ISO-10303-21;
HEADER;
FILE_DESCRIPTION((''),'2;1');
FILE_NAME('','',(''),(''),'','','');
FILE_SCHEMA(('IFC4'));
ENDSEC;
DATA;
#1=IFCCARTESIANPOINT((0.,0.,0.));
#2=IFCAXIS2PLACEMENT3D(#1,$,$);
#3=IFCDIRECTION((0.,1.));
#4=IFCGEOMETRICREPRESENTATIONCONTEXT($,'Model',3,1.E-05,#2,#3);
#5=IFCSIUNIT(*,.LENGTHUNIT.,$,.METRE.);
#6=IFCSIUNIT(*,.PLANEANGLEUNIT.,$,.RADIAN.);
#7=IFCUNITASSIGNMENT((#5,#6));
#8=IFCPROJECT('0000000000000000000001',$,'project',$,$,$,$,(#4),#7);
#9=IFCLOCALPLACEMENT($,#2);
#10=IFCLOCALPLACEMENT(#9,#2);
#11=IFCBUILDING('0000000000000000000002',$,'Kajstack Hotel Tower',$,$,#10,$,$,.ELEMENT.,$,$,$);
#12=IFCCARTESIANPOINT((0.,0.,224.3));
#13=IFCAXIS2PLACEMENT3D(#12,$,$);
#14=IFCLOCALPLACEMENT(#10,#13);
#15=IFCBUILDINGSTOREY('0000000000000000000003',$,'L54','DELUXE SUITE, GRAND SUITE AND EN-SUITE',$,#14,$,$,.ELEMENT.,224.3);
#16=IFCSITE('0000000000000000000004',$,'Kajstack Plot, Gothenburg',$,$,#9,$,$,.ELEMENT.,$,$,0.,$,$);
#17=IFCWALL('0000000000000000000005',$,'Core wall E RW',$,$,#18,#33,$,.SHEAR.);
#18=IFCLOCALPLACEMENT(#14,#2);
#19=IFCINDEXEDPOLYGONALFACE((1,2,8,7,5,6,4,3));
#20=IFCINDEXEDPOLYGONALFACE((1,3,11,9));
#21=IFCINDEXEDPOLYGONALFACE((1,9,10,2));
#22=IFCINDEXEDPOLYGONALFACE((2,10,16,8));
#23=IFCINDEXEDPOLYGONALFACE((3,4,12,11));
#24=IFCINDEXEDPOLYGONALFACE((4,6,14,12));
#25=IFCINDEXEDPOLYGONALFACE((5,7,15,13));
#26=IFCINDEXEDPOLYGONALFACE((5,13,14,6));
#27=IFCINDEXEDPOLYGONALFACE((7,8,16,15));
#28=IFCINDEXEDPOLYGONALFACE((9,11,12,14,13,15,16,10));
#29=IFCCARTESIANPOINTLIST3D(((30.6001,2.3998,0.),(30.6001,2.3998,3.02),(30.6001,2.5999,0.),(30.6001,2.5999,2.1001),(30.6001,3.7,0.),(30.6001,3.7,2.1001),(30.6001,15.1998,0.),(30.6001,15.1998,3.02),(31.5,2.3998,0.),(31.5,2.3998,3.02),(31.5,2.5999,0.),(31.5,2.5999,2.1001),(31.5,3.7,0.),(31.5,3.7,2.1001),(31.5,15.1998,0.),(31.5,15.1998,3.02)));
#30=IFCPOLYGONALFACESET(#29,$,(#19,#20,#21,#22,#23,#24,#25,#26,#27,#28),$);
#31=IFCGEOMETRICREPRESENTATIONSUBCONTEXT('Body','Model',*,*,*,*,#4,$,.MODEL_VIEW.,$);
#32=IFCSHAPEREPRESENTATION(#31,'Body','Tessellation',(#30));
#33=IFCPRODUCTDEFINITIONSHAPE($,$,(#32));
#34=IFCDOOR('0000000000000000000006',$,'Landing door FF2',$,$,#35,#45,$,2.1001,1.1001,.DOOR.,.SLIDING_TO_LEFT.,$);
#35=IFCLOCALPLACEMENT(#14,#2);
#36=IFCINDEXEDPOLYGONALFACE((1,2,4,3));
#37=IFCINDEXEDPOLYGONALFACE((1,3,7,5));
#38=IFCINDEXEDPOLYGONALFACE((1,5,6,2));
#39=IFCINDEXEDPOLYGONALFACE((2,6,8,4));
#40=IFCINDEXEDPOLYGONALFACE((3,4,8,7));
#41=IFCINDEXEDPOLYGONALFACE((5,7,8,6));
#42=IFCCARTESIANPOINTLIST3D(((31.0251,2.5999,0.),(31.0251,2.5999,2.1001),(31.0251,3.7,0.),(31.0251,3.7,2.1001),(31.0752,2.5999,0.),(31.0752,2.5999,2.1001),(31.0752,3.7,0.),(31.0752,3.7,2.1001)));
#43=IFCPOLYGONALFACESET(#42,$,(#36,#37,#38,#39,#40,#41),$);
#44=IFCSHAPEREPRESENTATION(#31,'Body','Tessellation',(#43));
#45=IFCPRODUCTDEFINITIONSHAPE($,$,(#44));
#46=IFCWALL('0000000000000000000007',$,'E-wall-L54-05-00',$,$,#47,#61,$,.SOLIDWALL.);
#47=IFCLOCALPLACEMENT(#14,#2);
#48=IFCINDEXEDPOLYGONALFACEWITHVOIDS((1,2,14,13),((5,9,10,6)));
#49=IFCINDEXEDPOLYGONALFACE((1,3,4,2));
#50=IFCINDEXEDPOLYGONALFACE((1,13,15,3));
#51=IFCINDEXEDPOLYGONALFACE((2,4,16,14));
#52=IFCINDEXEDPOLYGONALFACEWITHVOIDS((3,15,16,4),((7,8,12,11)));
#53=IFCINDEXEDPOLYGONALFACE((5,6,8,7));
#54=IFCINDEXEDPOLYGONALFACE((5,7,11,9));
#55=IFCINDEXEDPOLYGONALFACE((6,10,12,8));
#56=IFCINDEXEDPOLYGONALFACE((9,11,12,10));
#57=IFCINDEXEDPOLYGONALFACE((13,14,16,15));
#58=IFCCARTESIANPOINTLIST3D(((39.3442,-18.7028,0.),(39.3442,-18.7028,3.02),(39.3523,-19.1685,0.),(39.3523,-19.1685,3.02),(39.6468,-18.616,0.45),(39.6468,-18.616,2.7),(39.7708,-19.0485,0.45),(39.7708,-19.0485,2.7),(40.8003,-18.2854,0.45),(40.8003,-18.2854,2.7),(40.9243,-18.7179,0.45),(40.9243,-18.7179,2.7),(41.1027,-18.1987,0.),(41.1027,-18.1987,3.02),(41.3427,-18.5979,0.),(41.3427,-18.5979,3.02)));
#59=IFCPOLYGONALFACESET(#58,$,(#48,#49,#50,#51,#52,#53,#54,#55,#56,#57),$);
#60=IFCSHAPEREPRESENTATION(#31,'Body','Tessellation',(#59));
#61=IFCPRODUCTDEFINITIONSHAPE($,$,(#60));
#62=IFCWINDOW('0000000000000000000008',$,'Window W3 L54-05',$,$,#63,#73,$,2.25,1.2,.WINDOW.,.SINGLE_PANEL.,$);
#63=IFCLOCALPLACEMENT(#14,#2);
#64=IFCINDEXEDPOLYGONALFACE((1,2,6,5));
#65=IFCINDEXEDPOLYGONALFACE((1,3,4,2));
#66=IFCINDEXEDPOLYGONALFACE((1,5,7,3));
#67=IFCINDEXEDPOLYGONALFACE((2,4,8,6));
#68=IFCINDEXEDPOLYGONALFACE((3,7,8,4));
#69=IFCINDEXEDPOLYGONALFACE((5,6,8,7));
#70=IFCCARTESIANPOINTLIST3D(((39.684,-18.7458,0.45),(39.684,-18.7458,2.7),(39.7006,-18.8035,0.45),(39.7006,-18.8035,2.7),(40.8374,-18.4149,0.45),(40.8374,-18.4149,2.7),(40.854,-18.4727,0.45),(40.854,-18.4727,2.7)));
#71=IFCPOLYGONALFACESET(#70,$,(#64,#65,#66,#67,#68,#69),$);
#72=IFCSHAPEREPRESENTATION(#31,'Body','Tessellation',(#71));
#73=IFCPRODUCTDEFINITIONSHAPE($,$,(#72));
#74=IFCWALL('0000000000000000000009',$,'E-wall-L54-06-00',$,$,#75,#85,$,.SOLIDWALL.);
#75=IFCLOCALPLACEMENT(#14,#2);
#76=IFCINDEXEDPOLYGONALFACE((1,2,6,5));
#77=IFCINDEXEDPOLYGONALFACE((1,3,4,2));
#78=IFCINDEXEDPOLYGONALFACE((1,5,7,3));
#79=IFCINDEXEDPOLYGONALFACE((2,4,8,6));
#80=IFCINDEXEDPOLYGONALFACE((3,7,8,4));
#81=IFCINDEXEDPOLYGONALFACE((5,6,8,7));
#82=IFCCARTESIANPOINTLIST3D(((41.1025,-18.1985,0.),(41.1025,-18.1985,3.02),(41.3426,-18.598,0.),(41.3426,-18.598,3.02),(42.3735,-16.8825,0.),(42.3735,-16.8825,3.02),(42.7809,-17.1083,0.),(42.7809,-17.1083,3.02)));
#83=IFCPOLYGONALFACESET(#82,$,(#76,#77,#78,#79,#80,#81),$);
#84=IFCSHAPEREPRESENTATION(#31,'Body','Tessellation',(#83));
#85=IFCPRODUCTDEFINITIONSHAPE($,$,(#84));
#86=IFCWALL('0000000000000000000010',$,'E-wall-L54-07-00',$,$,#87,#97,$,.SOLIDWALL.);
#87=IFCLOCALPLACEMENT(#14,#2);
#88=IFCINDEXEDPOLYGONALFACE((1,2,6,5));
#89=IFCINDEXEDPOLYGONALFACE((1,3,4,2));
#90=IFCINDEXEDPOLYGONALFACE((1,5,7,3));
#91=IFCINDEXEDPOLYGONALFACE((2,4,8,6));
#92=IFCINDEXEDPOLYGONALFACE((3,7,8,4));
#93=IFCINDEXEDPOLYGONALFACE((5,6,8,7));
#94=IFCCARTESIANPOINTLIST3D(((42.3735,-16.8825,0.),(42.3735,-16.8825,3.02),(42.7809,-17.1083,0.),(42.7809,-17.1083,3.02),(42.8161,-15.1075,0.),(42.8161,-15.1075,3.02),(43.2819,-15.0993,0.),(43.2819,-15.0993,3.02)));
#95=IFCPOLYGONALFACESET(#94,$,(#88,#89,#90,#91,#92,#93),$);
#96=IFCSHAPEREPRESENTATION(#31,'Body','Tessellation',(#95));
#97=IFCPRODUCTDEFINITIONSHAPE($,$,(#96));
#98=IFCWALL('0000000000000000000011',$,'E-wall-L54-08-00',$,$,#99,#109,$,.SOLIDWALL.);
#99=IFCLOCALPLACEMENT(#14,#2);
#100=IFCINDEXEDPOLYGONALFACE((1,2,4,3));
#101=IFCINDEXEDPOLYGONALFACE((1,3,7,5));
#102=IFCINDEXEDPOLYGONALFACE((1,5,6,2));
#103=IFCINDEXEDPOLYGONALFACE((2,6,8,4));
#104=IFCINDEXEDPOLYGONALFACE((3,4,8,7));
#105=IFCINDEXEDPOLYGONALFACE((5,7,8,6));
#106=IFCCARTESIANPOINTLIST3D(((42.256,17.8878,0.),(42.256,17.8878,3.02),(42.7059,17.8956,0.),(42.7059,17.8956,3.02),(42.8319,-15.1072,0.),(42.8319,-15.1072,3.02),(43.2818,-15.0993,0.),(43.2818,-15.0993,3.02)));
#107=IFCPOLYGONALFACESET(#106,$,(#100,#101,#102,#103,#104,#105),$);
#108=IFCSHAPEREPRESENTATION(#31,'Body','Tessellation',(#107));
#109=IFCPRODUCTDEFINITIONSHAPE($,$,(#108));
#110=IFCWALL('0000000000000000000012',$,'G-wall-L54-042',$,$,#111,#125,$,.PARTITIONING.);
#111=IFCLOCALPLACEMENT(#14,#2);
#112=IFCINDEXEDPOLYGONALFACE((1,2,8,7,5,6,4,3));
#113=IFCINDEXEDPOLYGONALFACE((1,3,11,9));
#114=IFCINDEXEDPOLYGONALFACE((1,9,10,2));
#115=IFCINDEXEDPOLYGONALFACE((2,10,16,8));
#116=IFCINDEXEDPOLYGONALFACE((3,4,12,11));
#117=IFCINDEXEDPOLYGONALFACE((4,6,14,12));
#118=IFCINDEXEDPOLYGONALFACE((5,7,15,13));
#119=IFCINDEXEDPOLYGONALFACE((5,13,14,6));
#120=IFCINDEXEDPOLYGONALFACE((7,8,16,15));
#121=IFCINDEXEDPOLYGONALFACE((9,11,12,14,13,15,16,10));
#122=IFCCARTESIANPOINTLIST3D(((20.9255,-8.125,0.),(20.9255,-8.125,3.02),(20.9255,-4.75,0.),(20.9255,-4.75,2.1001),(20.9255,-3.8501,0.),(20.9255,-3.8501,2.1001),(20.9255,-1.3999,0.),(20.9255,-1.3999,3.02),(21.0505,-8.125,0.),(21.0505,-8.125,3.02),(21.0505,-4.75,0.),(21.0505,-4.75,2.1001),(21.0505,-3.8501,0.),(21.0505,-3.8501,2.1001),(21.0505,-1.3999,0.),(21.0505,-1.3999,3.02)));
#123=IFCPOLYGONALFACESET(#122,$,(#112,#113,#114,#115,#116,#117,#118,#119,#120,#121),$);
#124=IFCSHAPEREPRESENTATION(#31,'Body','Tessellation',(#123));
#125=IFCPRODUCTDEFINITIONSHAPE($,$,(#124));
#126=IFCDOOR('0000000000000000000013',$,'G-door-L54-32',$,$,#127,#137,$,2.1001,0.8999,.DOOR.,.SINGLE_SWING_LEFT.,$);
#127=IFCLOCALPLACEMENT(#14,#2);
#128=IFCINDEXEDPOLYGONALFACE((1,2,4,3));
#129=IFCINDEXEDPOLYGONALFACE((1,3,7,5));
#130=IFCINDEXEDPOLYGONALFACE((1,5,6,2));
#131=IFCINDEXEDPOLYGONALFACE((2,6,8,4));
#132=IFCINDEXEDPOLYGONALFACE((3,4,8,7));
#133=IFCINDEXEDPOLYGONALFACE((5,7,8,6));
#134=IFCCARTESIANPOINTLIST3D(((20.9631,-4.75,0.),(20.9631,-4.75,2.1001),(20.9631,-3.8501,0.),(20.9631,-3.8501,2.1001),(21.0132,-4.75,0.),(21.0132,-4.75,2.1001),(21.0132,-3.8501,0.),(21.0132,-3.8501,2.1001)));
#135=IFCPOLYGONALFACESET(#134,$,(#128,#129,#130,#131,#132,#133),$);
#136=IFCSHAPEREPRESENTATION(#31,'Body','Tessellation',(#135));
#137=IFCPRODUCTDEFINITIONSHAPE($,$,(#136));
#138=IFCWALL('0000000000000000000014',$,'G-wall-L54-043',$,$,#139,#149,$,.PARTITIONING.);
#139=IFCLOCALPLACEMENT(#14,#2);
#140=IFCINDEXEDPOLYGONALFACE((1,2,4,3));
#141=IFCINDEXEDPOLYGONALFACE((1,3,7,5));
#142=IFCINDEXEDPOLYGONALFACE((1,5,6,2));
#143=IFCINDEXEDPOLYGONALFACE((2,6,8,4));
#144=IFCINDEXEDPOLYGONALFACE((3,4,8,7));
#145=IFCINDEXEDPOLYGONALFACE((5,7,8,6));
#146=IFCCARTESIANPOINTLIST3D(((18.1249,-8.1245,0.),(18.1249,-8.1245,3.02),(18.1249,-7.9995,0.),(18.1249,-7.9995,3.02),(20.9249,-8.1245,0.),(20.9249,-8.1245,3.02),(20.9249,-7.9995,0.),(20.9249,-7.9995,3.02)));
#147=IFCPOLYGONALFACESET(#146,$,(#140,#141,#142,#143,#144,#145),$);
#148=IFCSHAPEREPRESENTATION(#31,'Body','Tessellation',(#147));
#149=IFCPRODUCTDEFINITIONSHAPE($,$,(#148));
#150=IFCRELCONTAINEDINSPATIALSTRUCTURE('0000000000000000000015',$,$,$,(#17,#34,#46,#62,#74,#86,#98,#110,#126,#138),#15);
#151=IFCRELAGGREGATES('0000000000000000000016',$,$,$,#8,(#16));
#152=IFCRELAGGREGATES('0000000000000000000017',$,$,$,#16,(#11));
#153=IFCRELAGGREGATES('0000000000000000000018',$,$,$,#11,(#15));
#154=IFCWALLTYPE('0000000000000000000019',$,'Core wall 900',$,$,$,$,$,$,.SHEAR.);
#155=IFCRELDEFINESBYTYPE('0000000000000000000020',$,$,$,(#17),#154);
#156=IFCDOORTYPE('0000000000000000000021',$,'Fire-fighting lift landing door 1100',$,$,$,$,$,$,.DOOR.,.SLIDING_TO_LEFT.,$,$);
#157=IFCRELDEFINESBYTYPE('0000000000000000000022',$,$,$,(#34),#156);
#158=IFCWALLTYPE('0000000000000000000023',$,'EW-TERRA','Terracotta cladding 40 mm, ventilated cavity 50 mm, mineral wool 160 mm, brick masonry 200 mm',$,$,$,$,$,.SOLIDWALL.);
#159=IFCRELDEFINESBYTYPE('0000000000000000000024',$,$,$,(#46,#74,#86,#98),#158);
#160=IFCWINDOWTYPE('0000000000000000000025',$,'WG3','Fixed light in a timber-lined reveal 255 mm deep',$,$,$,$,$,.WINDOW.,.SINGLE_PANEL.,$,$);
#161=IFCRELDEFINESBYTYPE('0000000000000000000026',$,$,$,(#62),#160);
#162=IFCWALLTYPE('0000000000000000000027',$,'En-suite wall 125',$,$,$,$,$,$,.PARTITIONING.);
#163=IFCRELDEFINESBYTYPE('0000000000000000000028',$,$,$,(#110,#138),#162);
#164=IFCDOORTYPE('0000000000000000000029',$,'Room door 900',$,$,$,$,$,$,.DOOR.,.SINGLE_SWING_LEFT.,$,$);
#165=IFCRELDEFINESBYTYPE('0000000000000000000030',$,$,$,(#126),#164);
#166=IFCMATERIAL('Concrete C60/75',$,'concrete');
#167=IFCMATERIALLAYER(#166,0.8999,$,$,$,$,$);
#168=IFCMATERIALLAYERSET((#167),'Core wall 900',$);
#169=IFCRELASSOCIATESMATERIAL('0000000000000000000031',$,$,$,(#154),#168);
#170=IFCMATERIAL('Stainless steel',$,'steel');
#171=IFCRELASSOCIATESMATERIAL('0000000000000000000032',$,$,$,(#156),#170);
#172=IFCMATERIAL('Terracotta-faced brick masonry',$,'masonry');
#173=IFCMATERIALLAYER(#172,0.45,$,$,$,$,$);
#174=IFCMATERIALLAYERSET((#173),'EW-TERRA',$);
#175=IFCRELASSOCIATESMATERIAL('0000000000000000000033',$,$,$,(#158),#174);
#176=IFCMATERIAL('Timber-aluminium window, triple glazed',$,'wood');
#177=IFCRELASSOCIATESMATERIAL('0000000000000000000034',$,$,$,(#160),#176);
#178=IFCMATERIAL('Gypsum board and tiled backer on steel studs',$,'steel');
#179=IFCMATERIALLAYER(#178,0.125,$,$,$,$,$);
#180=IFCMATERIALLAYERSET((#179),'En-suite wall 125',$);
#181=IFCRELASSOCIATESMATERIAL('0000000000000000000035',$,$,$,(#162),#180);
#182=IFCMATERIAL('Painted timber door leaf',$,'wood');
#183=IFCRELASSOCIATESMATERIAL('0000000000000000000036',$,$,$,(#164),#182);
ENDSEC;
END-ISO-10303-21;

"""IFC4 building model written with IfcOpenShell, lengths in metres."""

from ifc_helpers import new_model, si_unit, direction, frame, frame_2d, origin, place, context, subcontext, project, spatial, polyline, rectangle, outline, extrude, material, layer, layer_set, type_object, element, fill, save


model = new_model("IFC4")

# Units and contexts
model_context = context("Model", 3, precision=1e-05, world=origin(), true_north=direction((0.0, 1.0)))
body_context = subcontext(model_context, "Body", "Model", "MODEL_VIEW")
ifc_project = project(units=[si_unit("LENGTHUNIT", "METRE"), si_unit("PLANEANGLEUNIT", "RADIAN")], contexts=[model_context])

# Site, building, storey
site_placement = place(None, origin())
site = spatial("IfcSite", under=ifc_project, at=site_placement, Name="Kajstack Plot, Gothenburg", CompositionType="ELEMENT", RefElevation=0.0)
building_placement = place(site_placement, origin())
building = spatial("IfcBuilding", under=site, at=building_placement, Name="Kajstack Hotel Tower", CompositionType="ELEMENT")
storey_placement = place(building_placement, frame((0.0, 0.0, 224.3)))
storey = spatial("IfcBuildingStorey", under=building, at=storey_placement, Name="L54", Description="DELUXE SUITE, GRAND SUITE AND EN-SUITE", CompositionType="ELEMENT", Elevation=224.3)

# Wall, opening, door
ifc_material_1 = material(Name="Concrete C60/75", Category="concrete")
ifc_layer_1 = layer(ifc_material_1, 0.8999)
ifc_layer_set_1 = layer_set([ifc_layer_1], Name="Core wall 900")
wall_type_1 = type_object("IfcWallType", Name="Core wall 900", PredefinedType="SHEAR", material=ifc_layer_set_1)
wall_1_placement = place(storey_placement, frame((31.05, 2.3999, 0.0), z_axis=(0.0, 0.0, 1.0), x_axis=(0.0, 1.0, 0.0)))
wall_1 = element("IfcWall", 1, at=wall_1_placement, inside=storey, type_object=wall_type_1, Name="Core wall E RW", PredefinedType="SHEAR", context=body_context, shape_type="SweptSolid", body=[
    extrude(rectangle(XDim=12.8, YDim=0.8999, at=frame_2d((6.3999, 0.0))), origin(), (0.0, 0.0, 1.0), 3.02),
])
opening_1_placement = place(wall_1_placement, frame((0.2, 0.0, 0.0)))
opening_1 = element("IfcOpeningElement", 2, at=opening_1_placement, cuts=wall_1, PredefinedType="OPENING", context=body_context, shape_type="SweptSolid", body=[
    extrude(rectangle(XDim=1.1001, YDim=2.1001, at=frame_2d((0.55, 1.05))), frame((0.0, 0.46, 0.0), z_axis=(0.0, -1.0, 0.0), x_axis=(1.0, 0.0, 0.0)), (0.0, 0.0, 1.0), 0.9199),
])
ifc_material_2 = material(Name="Stainless steel", Category="steel")
door_type_1 = type_object("IfcDoorType", Name="Fire-fighting lift landing door 1100", OperationType="SLIDING_TO_LEFT", PredefinedType="DOOR", material=ifc_material_2)
door_1_placement = place(opening_1_placement, origin())
door_1 = element("IfcDoor", 3, at=door_1_placement, inside=storey, type_object=door_type_1, Name="Landing door FF2", OperationType="SLIDING_TO_LEFT", OverallHeight=2.1001, OverallWidth=1.1001, PredefinedType="DOOR", context=body_context, shape_type="SweptSolid", body=[
    extrude(rectangle(XDim=1.1001, YDim=2.1001, at=frame_2d((0.55, 1.05))), frame((0.0, 0.0249, 0.0), z_axis=(0.0, -1.0, 0.0), x_axis=(1.0, 0.0, 0.0)), (0.0, 0.0, 1.0), 0.05),
])
fill(opening_1, door_1)

# Wall, opening, window
ifc_material_3 = material(Name="Terracotta-faced brick masonry", Category="masonry")
ifc_layer_2 = layer(ifc_material_3, 0.45)
ifc_layer_set_2 = layer_set([ifc_layer_2], Name="EW-TERRA")
wall_type_2 = type_object("IfcWallType", Name="EW-TERRA", Description="Terracotta cladding 40 mm, ventilated cavity 50 mm, mineral wool 160 mm, brick masonry 200 mm", PredefinedType="SOLIDWALL", material=ifc_layer_set_2)
wall_2_placement = place(storey_placement, frame((39.2903, -18.9524, 0.0), z_axis=(0.0, 0.0, 1.0), x_axis=(0.961248, 0.275687, 0.0)))
wall_2 = element("IfcWall", 4, at=wall_2_placement, inside=storey, type_object=wall_type_2, Name="E-wall-L54-05-00", PredefinedType="SOLIDWALL", context=body_context, shape_type="SweptSolid", body=[
    extrude(outline(polyline([(0.0, -0.2249), (2.0706, -0.2251), (1.95, 0.2249), (0.1206, 0.2251), (0.0, -0.2249)])), origin(), (0.0, 0.0, 1.0), 3.02),
])
opening_2_placement = place(wall_2_placement, frame((0.4353, 0.0, 0.45)))
opening_2 = element("IfcOpeningElement", 5, at=opening_2_placement, cuts=wall_2, PredefinedType="OPENING", context=body_context, shape_type="SweptSolid", body=[
    extrude(rectangle(XDim=1.2, YDim=2.25, at=frame_2d((0.6001, 1.125))), frame((0.0, 0.2349, 0.0), z_axis=(0.0, -1.0, 0.0), x_axis=(1.0, 0.0, 0.0)), (0.0, 0.0, 1.0), 0.47),
])
ifc_material_4 = material(Name="Timber-aluminium window, triple glazed", Category="wood")
window_type = type_object("IfcWindowType", Name="WG3", Description="Fixed light in a timber-lined reveal 255 mm deep", PartitioningType="SINGLE_PANEL", PredefinedType="WINDOW", material=ifc_material_4)
window_placement = place(opening_2_placement, origin())
window = element("IfcWindow", 6, at=window_placement, inside=storey, type_object=window_type, Name="Window W3 L54-05", OverallHeight=2.25, OverallWidth=1.2, PartitioningType="SINGLE_PANEL", PredefinedType="WINDOW", context=body_context, shape_type="SweptSolid", body=[
    extrude(rectangle(XDim=1.2, YDim=2.25, at=frame_2d((0.6001, 1.125))), frame((0.0, 0.0901, 0.0), z_axis=(0.0, -1.0, 0.0), x_axis=(1.0, 0.0, 0.0)), (0.0, 0.0, 1.0), 0.0601),
])
fill(opening_2, window)

# Walls
wall_3_placement = place(storey_placement, frame((41.1807, -18.4417, 0.0), z_axis=(0.0, 0.0, 1.0), x_axis=(0.694679, 0.71932, 0.0)))
element("IfcWall", 7, at=wall_3_placement, inside=storey, type_object=wall_type_2, Name="E-wall-L54-06-00", PredefinedType="SOLIDWALL", context=body_context, shape_type="SweptSolid", body=[
    extrude(outline(polyline([(0.0, -0.2251), (2.0708, -0.2249), (1.9502, 0.2251), (0.1206, 0.2251), (0.0, -0.2251)])), origin(), (0.0, 0.0, 1.0), 3.02),
])
wall_4_placement = place(storey_placement, frame((42.5627, -17.054, 0.0), z_axis=(0.0, 0.0, 1.0), x_axis=(0.241842, 0.970316, 0.0)))
element("IfcWall", 8, at=wall_4_placement, inside=storey, type_object=wall_type_2, Name="E-wall-L54-07-00", PredefinedType="SOLIDWALL", context=body_context, shape_type="SweptSolid", body=[
    extrude(outline(polyline([(0.0, -0.2249), (2.0706, -0.2251), (1.95, 0.2249), (0.1206, 0.2251), (0.0, -0.2249)])), origin(), (0.0, 0.0, 1.0), 3.02),
])
wall_5_placement = place(storey_placement, frame((43.0569, -15.1033, 0.0), z_axis=(0.0, 0.0, 1.0), x_axis=(-0.017452, 0.999848, 0.0)))
element("IfcWall", 9, at=wall_5_placement, inside=storey, type_object=wall_type_2, Name="E-wall-L54-08-00", PredefinedType="SOLIDWALL", context=body_context, shape_type="SweptSolid", body=[
    extrude(rectangle(XDim=33.0, YDim=0.45, at=frame_2d((16.5, 0.0))), origin(), (0.0, 0.0, 1.0), 3.02),
])

# Wall, opening, door
ifc_material_5 = material(Name="Gypsum board and tiled backer on steel studs", Category="steel")
ifc_layer_3 = layer(ifc_material_5, 0.125)
ifc_layer_set_3 = layer_set([ifc_layer_3], Name="En-suite wall 125")
wall_type_3 = type_object("IfcWallType", Name="En-suite wall 125", PredefinedType="PARTITIONING", material=ifc_layer_set_3)
wall_6_placement = place(storey_placement, frame((20.988, -8.125, 0.0), z_axis=(0.0, 0.0, 1.0), x_axis=(0.0, 1.0, 0.0)))
wall_6 = element("IfcWall", 10, at=wall_6_placement, inside=storey, type_object=wall_type_3, Name="G-wall-L54-042", PredefinedType="PARTITIONING", context=body_context, shape_type="SweptSolid", body=[
    extrude(rectangle(XDim=6.7251, YDim=0.125, at=frame_2d((3.3625, 0.0))), origin(), (0.0, 0.0, 1.0), 3.02),
])
opening_3_placement = place(wall_6_placement, frame((3.375, 0.0, 0.0)))
opening_3 = element("IfcOpeningElement", 11, at=opening_3_placement, cuts=wall_6, PredefinedType="OPENING", context=body_context, shape_type="SweptSolid", body=[
    extrude(rectangle(XDim=0.8999, YDim=2.1001, at=frame_2d((0.45, 1.05))), frame((0.0, 0.0725, 0.0), z_axis=(0.0, -1.0, 0.0), x_axis=(1.0, 0.0, 0.0)), (0.0, 0.0, 1.0), 0.145),
])
ifc_material_6 = material(Name="Painted timber door leaf", Category="wood")
door_type_2 = type_object("IfcDoorType", Name="Room door 900", OperationType="SINGLE_SWING_LEFT", PredefinedType="DOOR", material=ifc_material_6)
door_2_placement = place(opening_3_placement, origin())
door_2 = element("IfcDoor", 12, at=door_2_placement, inside=storey, type_object=door_type_2, Name="G-door-L54-32", OperationType="SINGLE_SWING_LEFT", OverallHeight=2.1001, OverallWidth=0.8999, PredefinedType="DOOR", context=body_context, shape_type="SweptSolid", body=[
    extrude(rectangle(XDim=0.8999, YDim=2.1001, at=frame_2d((0.45, 1.05))), frame((0.0, 0.0249, 0.0), z_axis=(0.0, -1.0, 0.0), x_axis=(1.0, 0.0, 0.0)), (0.0, 0.0, 1.0), 0.05),
])
fill(opening_3, door_2)

# Wall
wall_7_placement = place(storey_placement, frame((18.125, -8.062, 0.0), z_axis=(0.0, 0.0, 1.0), x_axis=(1.0, 0.0, 0.0)))
element("IfcWall", 13, at=wall_7_placement, inside=storey, type_object=wall_type_3, Name="G-wall-L54-043", PredefinedType="PARTITIONING", context=body_context, shape_type="SweptSolid", body=[
    extrude(rectangle(XDim=2.8, YDim=0.125, at=frame_2d((1.3999, 0.0))), origin(), (0.0, 0.0, 1.0), 3.02),
])

save(model, "model.ifc")
